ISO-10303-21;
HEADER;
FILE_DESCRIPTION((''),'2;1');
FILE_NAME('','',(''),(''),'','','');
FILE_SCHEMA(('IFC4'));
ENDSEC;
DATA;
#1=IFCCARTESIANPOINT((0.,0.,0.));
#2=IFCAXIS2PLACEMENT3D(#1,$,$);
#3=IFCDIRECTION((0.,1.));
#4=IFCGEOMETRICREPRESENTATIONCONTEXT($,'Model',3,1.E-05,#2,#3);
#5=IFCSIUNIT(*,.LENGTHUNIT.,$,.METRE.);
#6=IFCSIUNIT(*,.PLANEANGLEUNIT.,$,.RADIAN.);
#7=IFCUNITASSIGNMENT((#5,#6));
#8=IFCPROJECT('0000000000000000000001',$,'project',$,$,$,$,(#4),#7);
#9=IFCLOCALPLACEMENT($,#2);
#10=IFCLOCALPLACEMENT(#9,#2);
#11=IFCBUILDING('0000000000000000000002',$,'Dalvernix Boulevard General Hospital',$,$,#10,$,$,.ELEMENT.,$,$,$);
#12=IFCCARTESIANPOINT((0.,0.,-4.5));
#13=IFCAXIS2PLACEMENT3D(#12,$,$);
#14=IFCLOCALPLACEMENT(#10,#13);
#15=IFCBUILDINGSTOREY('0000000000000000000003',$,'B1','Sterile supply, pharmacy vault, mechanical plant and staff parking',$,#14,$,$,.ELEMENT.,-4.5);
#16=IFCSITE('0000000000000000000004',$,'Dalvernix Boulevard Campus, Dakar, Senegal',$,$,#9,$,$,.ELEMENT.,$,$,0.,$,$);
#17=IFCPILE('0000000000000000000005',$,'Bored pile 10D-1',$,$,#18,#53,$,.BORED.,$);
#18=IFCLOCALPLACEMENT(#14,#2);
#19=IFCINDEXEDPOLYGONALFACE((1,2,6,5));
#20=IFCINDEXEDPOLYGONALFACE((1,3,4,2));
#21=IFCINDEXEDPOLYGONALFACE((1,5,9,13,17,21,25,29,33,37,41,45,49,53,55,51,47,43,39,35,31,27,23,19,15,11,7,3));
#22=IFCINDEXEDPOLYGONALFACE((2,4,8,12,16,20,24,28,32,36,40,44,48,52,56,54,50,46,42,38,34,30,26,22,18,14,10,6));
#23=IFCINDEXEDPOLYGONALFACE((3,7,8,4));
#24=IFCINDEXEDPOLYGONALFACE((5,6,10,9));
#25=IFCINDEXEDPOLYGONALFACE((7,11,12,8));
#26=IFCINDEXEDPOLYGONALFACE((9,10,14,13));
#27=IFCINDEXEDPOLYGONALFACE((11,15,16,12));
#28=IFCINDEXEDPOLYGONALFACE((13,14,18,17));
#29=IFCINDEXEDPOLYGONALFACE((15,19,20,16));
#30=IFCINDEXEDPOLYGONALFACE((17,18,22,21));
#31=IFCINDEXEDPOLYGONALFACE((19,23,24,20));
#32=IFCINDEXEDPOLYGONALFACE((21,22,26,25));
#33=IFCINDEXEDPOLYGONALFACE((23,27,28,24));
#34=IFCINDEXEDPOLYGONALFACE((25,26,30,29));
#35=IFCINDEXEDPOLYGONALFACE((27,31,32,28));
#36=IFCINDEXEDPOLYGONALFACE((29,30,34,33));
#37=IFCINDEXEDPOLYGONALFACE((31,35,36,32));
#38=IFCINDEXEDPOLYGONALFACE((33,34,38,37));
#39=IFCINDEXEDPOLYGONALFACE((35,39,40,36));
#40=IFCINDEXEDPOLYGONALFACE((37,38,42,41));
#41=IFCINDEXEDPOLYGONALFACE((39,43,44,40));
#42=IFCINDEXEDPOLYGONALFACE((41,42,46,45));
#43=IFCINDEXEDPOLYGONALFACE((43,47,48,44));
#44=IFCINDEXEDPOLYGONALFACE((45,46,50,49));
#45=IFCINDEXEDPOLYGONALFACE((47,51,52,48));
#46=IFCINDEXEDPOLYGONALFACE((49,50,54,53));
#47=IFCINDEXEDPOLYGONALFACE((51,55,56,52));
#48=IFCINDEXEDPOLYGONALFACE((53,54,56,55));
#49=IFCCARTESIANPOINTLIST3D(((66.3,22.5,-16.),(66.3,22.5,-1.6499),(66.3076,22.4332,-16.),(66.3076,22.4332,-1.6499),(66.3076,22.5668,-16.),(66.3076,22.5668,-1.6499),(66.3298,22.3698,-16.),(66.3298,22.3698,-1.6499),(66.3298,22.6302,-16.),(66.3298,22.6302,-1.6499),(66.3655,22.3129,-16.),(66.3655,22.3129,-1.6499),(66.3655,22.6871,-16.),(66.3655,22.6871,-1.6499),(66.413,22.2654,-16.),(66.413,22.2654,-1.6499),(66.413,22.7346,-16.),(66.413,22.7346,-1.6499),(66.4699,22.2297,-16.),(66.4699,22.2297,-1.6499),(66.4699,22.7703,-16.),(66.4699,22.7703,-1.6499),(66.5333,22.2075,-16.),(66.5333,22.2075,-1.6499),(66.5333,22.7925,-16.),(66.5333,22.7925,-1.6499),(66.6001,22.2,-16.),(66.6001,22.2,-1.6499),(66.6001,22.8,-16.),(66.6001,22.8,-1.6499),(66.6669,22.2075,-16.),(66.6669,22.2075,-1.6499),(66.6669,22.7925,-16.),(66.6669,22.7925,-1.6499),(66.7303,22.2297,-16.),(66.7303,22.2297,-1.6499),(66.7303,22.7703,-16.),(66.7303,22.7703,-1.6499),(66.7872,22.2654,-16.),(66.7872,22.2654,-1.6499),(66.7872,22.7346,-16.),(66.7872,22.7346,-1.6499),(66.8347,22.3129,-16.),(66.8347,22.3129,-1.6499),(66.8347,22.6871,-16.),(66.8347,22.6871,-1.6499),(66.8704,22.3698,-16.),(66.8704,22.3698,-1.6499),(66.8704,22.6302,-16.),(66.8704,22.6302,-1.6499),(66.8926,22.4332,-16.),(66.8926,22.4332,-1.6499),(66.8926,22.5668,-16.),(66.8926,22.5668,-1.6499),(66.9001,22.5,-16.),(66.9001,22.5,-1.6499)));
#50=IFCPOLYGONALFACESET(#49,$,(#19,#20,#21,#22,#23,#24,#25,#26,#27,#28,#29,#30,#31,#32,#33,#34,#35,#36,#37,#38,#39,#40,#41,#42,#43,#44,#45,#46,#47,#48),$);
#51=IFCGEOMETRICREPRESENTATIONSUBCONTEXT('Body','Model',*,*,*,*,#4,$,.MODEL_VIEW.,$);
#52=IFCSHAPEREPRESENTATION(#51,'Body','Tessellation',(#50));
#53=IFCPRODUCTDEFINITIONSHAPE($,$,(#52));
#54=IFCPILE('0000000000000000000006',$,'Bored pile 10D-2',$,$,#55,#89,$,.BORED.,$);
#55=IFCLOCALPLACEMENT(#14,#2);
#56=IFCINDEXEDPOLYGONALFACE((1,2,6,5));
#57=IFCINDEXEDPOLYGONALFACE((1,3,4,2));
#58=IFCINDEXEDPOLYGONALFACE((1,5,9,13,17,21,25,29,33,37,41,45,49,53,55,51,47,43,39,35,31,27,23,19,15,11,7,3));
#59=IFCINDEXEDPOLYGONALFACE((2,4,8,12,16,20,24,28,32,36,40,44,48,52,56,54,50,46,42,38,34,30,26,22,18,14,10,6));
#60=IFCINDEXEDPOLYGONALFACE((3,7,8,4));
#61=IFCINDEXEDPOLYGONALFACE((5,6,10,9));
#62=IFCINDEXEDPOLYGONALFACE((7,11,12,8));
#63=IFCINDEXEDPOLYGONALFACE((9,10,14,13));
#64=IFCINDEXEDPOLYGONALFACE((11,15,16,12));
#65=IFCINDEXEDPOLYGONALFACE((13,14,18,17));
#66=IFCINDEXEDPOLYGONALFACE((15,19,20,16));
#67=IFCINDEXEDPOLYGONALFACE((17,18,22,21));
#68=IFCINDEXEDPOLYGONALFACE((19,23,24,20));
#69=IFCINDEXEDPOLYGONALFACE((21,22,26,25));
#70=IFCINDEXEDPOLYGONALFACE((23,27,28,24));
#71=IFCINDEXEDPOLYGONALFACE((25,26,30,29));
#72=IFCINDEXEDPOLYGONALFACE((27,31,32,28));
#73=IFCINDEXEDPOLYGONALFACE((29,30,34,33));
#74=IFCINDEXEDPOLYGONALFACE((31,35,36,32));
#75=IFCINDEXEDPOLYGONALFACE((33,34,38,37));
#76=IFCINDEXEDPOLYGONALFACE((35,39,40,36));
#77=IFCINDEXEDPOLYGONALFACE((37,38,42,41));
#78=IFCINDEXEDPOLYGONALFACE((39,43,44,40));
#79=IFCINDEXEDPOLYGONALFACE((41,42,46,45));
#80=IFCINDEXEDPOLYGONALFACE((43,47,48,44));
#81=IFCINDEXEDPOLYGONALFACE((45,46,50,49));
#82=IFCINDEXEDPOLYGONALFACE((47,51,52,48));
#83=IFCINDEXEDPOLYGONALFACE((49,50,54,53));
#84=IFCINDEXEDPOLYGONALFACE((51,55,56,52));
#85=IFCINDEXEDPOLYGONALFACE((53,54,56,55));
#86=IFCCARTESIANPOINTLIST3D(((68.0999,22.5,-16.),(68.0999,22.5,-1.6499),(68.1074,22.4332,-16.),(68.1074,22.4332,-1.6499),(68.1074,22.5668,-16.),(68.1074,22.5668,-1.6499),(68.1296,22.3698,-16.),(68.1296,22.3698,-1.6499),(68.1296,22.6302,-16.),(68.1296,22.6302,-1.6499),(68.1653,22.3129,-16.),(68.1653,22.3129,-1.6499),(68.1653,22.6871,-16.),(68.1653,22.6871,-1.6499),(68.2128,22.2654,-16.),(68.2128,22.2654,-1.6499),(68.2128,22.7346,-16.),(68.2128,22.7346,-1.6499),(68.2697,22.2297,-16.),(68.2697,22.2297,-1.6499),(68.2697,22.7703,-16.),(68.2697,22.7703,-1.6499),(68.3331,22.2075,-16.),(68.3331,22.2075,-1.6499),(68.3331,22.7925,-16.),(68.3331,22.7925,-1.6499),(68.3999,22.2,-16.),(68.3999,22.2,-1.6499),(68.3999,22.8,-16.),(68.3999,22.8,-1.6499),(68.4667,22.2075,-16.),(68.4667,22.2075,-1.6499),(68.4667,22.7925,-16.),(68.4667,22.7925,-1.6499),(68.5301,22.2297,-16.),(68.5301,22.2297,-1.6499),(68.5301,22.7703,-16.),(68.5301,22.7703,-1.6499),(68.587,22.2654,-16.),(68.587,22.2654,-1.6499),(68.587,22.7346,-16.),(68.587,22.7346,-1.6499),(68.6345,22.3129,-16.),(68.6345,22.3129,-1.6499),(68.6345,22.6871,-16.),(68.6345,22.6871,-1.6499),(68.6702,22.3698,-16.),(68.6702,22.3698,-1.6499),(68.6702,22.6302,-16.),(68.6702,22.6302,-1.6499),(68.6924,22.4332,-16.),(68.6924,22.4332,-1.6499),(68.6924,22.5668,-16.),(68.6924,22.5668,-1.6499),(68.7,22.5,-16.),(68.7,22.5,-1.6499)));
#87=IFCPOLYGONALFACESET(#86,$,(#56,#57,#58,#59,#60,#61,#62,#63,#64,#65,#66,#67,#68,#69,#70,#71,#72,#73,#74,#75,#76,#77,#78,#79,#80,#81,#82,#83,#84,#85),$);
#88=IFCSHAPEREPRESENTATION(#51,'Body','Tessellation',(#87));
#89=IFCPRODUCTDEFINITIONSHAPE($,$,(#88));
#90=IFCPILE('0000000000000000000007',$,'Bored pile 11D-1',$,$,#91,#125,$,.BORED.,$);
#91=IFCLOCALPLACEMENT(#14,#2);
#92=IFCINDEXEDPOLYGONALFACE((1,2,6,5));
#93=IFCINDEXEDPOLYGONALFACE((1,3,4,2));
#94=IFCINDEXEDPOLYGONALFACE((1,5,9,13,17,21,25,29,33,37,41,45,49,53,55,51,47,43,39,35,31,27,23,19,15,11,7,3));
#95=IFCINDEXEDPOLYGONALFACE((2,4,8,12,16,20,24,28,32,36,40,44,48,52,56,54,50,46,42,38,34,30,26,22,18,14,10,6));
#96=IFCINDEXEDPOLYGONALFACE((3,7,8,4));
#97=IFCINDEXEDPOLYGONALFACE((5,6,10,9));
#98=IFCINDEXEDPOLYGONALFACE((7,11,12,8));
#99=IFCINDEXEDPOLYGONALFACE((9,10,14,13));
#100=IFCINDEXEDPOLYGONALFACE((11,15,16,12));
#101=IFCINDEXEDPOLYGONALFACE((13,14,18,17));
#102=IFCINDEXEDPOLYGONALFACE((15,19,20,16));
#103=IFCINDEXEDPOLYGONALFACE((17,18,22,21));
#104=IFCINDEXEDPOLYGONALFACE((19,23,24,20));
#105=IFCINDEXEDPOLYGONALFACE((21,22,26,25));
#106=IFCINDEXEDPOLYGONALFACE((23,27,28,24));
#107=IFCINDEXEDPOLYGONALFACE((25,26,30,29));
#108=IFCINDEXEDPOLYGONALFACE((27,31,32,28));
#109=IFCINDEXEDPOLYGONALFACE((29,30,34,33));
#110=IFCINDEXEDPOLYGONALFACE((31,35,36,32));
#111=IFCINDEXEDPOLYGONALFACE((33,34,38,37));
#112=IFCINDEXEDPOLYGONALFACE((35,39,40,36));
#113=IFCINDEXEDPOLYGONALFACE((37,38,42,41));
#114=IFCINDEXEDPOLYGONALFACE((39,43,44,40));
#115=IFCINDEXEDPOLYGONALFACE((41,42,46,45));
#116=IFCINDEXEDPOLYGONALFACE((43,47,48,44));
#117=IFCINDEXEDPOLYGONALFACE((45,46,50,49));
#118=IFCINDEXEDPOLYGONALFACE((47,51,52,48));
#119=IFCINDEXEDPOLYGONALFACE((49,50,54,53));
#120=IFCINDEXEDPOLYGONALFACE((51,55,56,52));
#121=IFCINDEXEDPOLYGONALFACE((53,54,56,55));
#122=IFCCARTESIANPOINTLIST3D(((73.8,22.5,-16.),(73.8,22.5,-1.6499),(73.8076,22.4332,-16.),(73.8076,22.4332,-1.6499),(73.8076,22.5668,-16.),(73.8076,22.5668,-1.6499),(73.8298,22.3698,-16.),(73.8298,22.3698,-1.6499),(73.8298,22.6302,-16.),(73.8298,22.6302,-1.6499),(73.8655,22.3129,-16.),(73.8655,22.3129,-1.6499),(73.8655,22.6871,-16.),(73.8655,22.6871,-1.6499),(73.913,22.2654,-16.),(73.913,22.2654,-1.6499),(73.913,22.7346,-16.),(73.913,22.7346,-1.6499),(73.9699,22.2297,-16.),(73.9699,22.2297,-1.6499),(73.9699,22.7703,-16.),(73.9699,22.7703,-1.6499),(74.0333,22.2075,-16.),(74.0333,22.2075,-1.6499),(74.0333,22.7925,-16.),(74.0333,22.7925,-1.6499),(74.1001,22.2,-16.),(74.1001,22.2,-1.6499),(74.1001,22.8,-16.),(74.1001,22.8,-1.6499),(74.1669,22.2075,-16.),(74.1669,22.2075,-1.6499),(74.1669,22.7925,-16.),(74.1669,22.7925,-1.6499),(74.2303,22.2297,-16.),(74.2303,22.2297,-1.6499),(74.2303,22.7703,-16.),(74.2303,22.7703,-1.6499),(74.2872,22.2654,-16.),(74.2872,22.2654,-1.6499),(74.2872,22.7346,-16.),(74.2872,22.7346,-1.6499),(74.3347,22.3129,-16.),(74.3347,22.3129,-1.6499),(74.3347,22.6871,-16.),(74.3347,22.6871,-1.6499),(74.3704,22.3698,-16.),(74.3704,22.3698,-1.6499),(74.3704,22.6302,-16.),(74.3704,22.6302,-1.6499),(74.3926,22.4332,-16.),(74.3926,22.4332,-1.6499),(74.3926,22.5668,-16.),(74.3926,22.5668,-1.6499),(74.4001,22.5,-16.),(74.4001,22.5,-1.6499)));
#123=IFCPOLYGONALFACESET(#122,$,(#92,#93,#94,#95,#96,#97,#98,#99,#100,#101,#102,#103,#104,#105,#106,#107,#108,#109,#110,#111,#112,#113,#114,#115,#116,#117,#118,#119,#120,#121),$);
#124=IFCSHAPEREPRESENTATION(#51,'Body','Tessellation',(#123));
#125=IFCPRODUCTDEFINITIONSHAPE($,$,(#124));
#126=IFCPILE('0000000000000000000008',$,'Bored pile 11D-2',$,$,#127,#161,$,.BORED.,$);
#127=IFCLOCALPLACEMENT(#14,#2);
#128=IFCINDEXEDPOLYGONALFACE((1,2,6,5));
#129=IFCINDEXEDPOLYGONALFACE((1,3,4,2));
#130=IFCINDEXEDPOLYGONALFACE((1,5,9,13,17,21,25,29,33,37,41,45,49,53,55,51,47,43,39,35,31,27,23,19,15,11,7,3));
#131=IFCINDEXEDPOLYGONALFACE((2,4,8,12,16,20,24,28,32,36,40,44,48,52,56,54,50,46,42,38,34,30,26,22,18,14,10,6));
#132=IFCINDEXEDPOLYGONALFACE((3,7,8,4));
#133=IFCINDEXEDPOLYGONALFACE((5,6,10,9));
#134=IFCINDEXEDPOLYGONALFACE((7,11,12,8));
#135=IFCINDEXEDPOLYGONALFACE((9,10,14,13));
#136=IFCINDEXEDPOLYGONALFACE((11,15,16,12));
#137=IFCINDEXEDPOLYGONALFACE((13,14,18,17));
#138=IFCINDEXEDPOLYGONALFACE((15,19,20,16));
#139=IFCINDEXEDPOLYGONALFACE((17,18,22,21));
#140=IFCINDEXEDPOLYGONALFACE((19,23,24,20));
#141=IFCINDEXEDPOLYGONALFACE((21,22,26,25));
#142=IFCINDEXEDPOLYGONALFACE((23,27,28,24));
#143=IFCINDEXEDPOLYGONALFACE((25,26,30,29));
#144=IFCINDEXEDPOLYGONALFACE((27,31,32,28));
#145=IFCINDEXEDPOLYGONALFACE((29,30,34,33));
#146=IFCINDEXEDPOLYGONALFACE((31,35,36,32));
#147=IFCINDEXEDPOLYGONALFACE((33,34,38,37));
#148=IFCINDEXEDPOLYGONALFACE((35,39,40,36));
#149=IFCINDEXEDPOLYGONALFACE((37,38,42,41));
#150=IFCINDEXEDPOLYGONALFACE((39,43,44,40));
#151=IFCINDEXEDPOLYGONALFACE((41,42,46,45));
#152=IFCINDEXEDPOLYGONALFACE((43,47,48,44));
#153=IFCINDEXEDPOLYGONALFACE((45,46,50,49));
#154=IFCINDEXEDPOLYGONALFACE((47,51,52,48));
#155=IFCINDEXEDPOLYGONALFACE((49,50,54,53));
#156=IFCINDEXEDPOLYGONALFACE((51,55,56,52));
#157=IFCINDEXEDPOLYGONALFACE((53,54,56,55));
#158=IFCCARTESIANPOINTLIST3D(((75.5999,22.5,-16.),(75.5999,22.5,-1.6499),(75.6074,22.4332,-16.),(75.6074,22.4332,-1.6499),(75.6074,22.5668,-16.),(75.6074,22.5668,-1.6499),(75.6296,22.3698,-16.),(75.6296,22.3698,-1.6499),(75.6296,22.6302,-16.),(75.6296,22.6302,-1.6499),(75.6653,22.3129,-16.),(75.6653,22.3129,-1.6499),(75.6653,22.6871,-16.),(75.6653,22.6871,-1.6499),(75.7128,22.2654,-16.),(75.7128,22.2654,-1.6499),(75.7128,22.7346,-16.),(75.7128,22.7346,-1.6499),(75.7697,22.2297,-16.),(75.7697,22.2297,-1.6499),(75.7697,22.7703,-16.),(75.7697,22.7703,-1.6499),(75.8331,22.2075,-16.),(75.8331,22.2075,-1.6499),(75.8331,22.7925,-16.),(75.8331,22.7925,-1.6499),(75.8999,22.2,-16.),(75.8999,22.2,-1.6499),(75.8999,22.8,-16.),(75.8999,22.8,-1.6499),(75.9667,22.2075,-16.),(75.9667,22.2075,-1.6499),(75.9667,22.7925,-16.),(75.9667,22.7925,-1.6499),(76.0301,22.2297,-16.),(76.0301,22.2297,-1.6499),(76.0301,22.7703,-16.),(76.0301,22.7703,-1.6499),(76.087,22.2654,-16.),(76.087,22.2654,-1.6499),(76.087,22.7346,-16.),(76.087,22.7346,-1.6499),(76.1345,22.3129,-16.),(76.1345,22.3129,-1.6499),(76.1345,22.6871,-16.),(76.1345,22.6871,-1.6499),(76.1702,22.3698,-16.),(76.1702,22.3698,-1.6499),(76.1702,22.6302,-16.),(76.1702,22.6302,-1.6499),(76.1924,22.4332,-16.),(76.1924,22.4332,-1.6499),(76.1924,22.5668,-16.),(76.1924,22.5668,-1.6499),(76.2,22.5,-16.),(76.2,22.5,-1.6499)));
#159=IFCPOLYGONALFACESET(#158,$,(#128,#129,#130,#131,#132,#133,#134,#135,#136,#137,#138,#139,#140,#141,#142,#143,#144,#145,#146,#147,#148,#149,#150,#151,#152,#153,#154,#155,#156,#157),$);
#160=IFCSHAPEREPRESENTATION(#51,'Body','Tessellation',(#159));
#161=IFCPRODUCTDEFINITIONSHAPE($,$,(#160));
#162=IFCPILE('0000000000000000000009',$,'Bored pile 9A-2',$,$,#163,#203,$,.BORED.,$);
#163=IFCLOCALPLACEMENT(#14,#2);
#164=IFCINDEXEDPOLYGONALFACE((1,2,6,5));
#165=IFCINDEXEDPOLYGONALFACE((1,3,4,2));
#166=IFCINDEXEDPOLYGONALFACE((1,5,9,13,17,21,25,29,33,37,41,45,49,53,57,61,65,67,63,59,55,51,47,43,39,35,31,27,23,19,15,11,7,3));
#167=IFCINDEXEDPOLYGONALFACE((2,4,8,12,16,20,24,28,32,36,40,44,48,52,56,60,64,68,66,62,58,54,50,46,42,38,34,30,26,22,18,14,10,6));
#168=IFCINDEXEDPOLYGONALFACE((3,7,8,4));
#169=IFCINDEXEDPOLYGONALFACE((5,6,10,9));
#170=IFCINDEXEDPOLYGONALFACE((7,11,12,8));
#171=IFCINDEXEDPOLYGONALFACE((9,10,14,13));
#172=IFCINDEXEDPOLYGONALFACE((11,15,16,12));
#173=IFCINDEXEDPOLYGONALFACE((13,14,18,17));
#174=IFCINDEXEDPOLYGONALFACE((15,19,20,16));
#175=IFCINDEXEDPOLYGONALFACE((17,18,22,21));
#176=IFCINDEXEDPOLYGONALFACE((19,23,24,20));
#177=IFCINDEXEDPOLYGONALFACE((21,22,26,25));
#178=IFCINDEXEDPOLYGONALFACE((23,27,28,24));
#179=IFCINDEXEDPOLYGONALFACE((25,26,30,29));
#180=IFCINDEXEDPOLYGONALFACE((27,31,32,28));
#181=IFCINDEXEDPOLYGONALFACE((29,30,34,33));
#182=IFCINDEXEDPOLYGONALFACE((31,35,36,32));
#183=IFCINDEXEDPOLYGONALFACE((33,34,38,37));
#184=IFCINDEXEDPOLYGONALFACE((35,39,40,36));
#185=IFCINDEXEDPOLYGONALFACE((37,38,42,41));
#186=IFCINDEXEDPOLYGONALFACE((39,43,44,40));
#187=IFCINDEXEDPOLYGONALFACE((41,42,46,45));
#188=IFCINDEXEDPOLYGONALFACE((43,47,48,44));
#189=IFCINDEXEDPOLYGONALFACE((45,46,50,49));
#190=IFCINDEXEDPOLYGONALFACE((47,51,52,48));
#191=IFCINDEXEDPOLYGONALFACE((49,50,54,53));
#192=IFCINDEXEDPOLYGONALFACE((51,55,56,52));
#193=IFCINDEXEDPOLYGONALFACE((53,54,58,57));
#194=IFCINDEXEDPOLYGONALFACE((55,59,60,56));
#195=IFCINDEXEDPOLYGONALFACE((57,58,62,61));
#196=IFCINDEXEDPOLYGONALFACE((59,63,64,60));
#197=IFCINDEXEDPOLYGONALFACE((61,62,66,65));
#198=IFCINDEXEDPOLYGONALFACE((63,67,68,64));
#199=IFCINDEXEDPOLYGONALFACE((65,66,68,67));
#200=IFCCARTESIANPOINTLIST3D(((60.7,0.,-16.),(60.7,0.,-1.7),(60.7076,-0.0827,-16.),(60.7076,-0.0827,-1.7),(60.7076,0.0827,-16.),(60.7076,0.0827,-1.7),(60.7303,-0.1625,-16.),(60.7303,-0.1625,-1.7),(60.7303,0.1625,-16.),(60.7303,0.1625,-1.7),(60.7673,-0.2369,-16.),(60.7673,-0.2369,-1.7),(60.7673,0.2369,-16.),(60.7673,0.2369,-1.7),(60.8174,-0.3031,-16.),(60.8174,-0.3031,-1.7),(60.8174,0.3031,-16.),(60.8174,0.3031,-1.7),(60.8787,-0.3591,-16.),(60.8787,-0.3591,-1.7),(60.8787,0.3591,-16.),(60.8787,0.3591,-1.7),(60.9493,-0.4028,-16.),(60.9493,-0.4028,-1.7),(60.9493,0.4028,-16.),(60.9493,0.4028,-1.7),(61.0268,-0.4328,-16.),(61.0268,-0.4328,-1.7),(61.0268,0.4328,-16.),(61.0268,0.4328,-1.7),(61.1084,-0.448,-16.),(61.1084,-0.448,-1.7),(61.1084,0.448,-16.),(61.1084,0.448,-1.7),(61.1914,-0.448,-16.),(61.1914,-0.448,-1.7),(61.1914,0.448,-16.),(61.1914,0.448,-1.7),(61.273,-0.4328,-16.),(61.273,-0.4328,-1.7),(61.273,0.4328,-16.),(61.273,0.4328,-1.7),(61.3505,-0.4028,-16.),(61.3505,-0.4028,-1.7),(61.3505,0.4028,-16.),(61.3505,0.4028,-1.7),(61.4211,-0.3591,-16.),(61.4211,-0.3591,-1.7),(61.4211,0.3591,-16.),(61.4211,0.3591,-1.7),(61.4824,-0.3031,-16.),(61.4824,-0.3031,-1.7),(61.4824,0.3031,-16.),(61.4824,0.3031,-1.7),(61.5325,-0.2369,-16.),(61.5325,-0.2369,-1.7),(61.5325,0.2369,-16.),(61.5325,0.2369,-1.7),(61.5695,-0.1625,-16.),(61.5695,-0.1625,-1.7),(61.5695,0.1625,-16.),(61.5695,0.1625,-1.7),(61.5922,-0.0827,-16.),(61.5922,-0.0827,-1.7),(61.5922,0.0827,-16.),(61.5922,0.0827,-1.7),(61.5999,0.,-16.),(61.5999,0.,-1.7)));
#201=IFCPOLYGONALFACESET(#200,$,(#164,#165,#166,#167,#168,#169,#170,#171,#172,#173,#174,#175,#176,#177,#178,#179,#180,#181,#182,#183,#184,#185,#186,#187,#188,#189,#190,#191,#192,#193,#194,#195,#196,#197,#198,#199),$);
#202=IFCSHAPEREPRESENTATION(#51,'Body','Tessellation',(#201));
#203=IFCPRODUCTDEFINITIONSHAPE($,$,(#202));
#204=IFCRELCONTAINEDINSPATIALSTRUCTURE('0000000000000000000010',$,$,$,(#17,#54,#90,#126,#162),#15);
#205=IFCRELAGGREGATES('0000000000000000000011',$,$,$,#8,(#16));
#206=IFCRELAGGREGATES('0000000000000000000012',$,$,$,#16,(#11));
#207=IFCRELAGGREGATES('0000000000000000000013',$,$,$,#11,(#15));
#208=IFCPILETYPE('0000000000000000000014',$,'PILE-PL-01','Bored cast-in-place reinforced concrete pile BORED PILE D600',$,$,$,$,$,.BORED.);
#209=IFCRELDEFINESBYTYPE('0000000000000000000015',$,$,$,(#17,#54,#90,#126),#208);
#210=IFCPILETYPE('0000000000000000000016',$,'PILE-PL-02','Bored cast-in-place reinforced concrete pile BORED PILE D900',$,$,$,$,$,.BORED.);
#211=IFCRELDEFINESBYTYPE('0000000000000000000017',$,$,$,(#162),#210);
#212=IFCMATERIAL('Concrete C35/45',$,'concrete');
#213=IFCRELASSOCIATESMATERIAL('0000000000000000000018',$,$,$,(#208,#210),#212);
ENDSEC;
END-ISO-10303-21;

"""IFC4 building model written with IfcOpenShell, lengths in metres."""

from ifc_helpers import new_model, si_unit, direction, frame, origin, origin_2d, place, context, subcontext, project, spatial, circle, extrude, material, material_profile, profile_set, type_object, element, save


model = new_model("IFC4")

# Units and contexts
model_context = context("Model", 3, precision=1e-05, world=origin(), true_north=direction((0.0, 1.0)))
body_context = subcontext(model_context, "Body", "Model", "MODEL_VIEW")
ifc_project = project(units=[si_unit("LENGTHUNIT", "METRE"), si_unit("PLANEANGLEUNIT", "RADIAN")], contexts=[model_context])

# Site, building, storey
site_placement = place(None, origin())
site = spatial("IfcSite", under=ifc_project, at=site_placement, Name="Dalvernix Boulevard Campus, Dakar, Senegal", CompositionType="ELEMENT", RefElevation=0.0)
building_placement = place(site_placement, origin())
building = spatial("IfcBuilding", under=site, at=building_placement, Name="Dalvernix Boulevard General Hospital", CompositionType="ELEMENT")
storey_placement = place(building_placement, frame((0.0, 0.0, -4.5)))
storey = spatial("IfcBuildingStorey", under=building, at=storey_placement, Name="B1", Description="Sterile supply, pharmacy vault, mechanical plant and staff parking", CompositionType="ELEMENT", Elevation=-4.5)

# Shared definitions
ifc_material_1 = material(Name="Concrete C35/45", Category="concrete")

# Piles
ifc_material_profile_1 = material_profile(ifc_material_1, circle(Radius=0.3, at=origin_2d()), Name="BORED PILE D600")
ifc_profile_set_1 = profile_set([ifc_material_profile_1], Name="Concrete C35/45")
pile_type_1 = type_object("IfcPileType", Name="PILE-PL-01", Description="Bored cast-in-place reinforced concrete pile BORED PILE D600", PredefinedType="BORED", material=ifc_profile_set_1)
for number, where, z_axis, x_axis, name in (
    (1, (66.6001, 22.5, -1.6499), (0.0, 0.0, -1.0), (1.0, 0.0, 0.0), "Bored pile 10D-1"),
    (2, (68.3999, 22.5, -1.6499), (0.0, 0.0, -1.0), (1.0, 0.0, 0.0), "Bored pile 10D-2"),
    (3, (74.1001, 22.5, -1.6499), (0.0, 0.0, -1.0), (1.0, 0.0, 0.0), "Bored pile 11D-1"),
    (4, (75.8999, 22.5, -1.6499), (0.0, 0.0, -1.0), (1.0, 0.0, 0.0), "Bored pile 11D-2"),
):
    element("IfcPile", number, at=place(storey_placement, frame(where, z_axis=z_axis, x_axis=x_axis)), inside=storey, type_object=pile_type_1, Name=name, PredefinedType="BORED", context=body_context, shape_type="SweptSolid", body=[
        extrude(circle(Radius=0.3, at=origin_2d()), origin(), (0.0, 0.0, 1.0), 14.3501),
    ])
ifc_material_profile_2 = material_profile(ifc_material_1, circle(Radius=0.45, at=origin_2d()), Name="BORED PILE D900")
ifc_profile_set_2 = profile_set([ifc_material_profile_2], Name="Concrete C35/45")
pile_type_2 = type_object("IfcPileType", Name="PILE-PL-02", Description="Bored cast-in-place reinforced concrete pile BORED PILE D900", PredefinedType="BORED", material=ifc_profile_set_2)
for number, where, z_axis, x_axis, name in (
    (5, (61.1499, 0.0, -1.7), (0.0, 0.0, -1.0), (1.0, 0.0, 0.0), "Bored pile 9A-2"),
):
    element("IfcPile", number, at=place(storey_placement, frame(where, z_axis=z_axis, x_axis=x_axis)), inside=storey, type_object=pile_type_2, Name=name, PredefinedType="BORED", context=body_context, shape_type="SweptSolid", body=[
        extrude(circle(Radius=0.45, at=origin_2d()), origin(), (0.0, 0.0, 1.0), 14.3),
    ])

save(model, "model.ifc")
